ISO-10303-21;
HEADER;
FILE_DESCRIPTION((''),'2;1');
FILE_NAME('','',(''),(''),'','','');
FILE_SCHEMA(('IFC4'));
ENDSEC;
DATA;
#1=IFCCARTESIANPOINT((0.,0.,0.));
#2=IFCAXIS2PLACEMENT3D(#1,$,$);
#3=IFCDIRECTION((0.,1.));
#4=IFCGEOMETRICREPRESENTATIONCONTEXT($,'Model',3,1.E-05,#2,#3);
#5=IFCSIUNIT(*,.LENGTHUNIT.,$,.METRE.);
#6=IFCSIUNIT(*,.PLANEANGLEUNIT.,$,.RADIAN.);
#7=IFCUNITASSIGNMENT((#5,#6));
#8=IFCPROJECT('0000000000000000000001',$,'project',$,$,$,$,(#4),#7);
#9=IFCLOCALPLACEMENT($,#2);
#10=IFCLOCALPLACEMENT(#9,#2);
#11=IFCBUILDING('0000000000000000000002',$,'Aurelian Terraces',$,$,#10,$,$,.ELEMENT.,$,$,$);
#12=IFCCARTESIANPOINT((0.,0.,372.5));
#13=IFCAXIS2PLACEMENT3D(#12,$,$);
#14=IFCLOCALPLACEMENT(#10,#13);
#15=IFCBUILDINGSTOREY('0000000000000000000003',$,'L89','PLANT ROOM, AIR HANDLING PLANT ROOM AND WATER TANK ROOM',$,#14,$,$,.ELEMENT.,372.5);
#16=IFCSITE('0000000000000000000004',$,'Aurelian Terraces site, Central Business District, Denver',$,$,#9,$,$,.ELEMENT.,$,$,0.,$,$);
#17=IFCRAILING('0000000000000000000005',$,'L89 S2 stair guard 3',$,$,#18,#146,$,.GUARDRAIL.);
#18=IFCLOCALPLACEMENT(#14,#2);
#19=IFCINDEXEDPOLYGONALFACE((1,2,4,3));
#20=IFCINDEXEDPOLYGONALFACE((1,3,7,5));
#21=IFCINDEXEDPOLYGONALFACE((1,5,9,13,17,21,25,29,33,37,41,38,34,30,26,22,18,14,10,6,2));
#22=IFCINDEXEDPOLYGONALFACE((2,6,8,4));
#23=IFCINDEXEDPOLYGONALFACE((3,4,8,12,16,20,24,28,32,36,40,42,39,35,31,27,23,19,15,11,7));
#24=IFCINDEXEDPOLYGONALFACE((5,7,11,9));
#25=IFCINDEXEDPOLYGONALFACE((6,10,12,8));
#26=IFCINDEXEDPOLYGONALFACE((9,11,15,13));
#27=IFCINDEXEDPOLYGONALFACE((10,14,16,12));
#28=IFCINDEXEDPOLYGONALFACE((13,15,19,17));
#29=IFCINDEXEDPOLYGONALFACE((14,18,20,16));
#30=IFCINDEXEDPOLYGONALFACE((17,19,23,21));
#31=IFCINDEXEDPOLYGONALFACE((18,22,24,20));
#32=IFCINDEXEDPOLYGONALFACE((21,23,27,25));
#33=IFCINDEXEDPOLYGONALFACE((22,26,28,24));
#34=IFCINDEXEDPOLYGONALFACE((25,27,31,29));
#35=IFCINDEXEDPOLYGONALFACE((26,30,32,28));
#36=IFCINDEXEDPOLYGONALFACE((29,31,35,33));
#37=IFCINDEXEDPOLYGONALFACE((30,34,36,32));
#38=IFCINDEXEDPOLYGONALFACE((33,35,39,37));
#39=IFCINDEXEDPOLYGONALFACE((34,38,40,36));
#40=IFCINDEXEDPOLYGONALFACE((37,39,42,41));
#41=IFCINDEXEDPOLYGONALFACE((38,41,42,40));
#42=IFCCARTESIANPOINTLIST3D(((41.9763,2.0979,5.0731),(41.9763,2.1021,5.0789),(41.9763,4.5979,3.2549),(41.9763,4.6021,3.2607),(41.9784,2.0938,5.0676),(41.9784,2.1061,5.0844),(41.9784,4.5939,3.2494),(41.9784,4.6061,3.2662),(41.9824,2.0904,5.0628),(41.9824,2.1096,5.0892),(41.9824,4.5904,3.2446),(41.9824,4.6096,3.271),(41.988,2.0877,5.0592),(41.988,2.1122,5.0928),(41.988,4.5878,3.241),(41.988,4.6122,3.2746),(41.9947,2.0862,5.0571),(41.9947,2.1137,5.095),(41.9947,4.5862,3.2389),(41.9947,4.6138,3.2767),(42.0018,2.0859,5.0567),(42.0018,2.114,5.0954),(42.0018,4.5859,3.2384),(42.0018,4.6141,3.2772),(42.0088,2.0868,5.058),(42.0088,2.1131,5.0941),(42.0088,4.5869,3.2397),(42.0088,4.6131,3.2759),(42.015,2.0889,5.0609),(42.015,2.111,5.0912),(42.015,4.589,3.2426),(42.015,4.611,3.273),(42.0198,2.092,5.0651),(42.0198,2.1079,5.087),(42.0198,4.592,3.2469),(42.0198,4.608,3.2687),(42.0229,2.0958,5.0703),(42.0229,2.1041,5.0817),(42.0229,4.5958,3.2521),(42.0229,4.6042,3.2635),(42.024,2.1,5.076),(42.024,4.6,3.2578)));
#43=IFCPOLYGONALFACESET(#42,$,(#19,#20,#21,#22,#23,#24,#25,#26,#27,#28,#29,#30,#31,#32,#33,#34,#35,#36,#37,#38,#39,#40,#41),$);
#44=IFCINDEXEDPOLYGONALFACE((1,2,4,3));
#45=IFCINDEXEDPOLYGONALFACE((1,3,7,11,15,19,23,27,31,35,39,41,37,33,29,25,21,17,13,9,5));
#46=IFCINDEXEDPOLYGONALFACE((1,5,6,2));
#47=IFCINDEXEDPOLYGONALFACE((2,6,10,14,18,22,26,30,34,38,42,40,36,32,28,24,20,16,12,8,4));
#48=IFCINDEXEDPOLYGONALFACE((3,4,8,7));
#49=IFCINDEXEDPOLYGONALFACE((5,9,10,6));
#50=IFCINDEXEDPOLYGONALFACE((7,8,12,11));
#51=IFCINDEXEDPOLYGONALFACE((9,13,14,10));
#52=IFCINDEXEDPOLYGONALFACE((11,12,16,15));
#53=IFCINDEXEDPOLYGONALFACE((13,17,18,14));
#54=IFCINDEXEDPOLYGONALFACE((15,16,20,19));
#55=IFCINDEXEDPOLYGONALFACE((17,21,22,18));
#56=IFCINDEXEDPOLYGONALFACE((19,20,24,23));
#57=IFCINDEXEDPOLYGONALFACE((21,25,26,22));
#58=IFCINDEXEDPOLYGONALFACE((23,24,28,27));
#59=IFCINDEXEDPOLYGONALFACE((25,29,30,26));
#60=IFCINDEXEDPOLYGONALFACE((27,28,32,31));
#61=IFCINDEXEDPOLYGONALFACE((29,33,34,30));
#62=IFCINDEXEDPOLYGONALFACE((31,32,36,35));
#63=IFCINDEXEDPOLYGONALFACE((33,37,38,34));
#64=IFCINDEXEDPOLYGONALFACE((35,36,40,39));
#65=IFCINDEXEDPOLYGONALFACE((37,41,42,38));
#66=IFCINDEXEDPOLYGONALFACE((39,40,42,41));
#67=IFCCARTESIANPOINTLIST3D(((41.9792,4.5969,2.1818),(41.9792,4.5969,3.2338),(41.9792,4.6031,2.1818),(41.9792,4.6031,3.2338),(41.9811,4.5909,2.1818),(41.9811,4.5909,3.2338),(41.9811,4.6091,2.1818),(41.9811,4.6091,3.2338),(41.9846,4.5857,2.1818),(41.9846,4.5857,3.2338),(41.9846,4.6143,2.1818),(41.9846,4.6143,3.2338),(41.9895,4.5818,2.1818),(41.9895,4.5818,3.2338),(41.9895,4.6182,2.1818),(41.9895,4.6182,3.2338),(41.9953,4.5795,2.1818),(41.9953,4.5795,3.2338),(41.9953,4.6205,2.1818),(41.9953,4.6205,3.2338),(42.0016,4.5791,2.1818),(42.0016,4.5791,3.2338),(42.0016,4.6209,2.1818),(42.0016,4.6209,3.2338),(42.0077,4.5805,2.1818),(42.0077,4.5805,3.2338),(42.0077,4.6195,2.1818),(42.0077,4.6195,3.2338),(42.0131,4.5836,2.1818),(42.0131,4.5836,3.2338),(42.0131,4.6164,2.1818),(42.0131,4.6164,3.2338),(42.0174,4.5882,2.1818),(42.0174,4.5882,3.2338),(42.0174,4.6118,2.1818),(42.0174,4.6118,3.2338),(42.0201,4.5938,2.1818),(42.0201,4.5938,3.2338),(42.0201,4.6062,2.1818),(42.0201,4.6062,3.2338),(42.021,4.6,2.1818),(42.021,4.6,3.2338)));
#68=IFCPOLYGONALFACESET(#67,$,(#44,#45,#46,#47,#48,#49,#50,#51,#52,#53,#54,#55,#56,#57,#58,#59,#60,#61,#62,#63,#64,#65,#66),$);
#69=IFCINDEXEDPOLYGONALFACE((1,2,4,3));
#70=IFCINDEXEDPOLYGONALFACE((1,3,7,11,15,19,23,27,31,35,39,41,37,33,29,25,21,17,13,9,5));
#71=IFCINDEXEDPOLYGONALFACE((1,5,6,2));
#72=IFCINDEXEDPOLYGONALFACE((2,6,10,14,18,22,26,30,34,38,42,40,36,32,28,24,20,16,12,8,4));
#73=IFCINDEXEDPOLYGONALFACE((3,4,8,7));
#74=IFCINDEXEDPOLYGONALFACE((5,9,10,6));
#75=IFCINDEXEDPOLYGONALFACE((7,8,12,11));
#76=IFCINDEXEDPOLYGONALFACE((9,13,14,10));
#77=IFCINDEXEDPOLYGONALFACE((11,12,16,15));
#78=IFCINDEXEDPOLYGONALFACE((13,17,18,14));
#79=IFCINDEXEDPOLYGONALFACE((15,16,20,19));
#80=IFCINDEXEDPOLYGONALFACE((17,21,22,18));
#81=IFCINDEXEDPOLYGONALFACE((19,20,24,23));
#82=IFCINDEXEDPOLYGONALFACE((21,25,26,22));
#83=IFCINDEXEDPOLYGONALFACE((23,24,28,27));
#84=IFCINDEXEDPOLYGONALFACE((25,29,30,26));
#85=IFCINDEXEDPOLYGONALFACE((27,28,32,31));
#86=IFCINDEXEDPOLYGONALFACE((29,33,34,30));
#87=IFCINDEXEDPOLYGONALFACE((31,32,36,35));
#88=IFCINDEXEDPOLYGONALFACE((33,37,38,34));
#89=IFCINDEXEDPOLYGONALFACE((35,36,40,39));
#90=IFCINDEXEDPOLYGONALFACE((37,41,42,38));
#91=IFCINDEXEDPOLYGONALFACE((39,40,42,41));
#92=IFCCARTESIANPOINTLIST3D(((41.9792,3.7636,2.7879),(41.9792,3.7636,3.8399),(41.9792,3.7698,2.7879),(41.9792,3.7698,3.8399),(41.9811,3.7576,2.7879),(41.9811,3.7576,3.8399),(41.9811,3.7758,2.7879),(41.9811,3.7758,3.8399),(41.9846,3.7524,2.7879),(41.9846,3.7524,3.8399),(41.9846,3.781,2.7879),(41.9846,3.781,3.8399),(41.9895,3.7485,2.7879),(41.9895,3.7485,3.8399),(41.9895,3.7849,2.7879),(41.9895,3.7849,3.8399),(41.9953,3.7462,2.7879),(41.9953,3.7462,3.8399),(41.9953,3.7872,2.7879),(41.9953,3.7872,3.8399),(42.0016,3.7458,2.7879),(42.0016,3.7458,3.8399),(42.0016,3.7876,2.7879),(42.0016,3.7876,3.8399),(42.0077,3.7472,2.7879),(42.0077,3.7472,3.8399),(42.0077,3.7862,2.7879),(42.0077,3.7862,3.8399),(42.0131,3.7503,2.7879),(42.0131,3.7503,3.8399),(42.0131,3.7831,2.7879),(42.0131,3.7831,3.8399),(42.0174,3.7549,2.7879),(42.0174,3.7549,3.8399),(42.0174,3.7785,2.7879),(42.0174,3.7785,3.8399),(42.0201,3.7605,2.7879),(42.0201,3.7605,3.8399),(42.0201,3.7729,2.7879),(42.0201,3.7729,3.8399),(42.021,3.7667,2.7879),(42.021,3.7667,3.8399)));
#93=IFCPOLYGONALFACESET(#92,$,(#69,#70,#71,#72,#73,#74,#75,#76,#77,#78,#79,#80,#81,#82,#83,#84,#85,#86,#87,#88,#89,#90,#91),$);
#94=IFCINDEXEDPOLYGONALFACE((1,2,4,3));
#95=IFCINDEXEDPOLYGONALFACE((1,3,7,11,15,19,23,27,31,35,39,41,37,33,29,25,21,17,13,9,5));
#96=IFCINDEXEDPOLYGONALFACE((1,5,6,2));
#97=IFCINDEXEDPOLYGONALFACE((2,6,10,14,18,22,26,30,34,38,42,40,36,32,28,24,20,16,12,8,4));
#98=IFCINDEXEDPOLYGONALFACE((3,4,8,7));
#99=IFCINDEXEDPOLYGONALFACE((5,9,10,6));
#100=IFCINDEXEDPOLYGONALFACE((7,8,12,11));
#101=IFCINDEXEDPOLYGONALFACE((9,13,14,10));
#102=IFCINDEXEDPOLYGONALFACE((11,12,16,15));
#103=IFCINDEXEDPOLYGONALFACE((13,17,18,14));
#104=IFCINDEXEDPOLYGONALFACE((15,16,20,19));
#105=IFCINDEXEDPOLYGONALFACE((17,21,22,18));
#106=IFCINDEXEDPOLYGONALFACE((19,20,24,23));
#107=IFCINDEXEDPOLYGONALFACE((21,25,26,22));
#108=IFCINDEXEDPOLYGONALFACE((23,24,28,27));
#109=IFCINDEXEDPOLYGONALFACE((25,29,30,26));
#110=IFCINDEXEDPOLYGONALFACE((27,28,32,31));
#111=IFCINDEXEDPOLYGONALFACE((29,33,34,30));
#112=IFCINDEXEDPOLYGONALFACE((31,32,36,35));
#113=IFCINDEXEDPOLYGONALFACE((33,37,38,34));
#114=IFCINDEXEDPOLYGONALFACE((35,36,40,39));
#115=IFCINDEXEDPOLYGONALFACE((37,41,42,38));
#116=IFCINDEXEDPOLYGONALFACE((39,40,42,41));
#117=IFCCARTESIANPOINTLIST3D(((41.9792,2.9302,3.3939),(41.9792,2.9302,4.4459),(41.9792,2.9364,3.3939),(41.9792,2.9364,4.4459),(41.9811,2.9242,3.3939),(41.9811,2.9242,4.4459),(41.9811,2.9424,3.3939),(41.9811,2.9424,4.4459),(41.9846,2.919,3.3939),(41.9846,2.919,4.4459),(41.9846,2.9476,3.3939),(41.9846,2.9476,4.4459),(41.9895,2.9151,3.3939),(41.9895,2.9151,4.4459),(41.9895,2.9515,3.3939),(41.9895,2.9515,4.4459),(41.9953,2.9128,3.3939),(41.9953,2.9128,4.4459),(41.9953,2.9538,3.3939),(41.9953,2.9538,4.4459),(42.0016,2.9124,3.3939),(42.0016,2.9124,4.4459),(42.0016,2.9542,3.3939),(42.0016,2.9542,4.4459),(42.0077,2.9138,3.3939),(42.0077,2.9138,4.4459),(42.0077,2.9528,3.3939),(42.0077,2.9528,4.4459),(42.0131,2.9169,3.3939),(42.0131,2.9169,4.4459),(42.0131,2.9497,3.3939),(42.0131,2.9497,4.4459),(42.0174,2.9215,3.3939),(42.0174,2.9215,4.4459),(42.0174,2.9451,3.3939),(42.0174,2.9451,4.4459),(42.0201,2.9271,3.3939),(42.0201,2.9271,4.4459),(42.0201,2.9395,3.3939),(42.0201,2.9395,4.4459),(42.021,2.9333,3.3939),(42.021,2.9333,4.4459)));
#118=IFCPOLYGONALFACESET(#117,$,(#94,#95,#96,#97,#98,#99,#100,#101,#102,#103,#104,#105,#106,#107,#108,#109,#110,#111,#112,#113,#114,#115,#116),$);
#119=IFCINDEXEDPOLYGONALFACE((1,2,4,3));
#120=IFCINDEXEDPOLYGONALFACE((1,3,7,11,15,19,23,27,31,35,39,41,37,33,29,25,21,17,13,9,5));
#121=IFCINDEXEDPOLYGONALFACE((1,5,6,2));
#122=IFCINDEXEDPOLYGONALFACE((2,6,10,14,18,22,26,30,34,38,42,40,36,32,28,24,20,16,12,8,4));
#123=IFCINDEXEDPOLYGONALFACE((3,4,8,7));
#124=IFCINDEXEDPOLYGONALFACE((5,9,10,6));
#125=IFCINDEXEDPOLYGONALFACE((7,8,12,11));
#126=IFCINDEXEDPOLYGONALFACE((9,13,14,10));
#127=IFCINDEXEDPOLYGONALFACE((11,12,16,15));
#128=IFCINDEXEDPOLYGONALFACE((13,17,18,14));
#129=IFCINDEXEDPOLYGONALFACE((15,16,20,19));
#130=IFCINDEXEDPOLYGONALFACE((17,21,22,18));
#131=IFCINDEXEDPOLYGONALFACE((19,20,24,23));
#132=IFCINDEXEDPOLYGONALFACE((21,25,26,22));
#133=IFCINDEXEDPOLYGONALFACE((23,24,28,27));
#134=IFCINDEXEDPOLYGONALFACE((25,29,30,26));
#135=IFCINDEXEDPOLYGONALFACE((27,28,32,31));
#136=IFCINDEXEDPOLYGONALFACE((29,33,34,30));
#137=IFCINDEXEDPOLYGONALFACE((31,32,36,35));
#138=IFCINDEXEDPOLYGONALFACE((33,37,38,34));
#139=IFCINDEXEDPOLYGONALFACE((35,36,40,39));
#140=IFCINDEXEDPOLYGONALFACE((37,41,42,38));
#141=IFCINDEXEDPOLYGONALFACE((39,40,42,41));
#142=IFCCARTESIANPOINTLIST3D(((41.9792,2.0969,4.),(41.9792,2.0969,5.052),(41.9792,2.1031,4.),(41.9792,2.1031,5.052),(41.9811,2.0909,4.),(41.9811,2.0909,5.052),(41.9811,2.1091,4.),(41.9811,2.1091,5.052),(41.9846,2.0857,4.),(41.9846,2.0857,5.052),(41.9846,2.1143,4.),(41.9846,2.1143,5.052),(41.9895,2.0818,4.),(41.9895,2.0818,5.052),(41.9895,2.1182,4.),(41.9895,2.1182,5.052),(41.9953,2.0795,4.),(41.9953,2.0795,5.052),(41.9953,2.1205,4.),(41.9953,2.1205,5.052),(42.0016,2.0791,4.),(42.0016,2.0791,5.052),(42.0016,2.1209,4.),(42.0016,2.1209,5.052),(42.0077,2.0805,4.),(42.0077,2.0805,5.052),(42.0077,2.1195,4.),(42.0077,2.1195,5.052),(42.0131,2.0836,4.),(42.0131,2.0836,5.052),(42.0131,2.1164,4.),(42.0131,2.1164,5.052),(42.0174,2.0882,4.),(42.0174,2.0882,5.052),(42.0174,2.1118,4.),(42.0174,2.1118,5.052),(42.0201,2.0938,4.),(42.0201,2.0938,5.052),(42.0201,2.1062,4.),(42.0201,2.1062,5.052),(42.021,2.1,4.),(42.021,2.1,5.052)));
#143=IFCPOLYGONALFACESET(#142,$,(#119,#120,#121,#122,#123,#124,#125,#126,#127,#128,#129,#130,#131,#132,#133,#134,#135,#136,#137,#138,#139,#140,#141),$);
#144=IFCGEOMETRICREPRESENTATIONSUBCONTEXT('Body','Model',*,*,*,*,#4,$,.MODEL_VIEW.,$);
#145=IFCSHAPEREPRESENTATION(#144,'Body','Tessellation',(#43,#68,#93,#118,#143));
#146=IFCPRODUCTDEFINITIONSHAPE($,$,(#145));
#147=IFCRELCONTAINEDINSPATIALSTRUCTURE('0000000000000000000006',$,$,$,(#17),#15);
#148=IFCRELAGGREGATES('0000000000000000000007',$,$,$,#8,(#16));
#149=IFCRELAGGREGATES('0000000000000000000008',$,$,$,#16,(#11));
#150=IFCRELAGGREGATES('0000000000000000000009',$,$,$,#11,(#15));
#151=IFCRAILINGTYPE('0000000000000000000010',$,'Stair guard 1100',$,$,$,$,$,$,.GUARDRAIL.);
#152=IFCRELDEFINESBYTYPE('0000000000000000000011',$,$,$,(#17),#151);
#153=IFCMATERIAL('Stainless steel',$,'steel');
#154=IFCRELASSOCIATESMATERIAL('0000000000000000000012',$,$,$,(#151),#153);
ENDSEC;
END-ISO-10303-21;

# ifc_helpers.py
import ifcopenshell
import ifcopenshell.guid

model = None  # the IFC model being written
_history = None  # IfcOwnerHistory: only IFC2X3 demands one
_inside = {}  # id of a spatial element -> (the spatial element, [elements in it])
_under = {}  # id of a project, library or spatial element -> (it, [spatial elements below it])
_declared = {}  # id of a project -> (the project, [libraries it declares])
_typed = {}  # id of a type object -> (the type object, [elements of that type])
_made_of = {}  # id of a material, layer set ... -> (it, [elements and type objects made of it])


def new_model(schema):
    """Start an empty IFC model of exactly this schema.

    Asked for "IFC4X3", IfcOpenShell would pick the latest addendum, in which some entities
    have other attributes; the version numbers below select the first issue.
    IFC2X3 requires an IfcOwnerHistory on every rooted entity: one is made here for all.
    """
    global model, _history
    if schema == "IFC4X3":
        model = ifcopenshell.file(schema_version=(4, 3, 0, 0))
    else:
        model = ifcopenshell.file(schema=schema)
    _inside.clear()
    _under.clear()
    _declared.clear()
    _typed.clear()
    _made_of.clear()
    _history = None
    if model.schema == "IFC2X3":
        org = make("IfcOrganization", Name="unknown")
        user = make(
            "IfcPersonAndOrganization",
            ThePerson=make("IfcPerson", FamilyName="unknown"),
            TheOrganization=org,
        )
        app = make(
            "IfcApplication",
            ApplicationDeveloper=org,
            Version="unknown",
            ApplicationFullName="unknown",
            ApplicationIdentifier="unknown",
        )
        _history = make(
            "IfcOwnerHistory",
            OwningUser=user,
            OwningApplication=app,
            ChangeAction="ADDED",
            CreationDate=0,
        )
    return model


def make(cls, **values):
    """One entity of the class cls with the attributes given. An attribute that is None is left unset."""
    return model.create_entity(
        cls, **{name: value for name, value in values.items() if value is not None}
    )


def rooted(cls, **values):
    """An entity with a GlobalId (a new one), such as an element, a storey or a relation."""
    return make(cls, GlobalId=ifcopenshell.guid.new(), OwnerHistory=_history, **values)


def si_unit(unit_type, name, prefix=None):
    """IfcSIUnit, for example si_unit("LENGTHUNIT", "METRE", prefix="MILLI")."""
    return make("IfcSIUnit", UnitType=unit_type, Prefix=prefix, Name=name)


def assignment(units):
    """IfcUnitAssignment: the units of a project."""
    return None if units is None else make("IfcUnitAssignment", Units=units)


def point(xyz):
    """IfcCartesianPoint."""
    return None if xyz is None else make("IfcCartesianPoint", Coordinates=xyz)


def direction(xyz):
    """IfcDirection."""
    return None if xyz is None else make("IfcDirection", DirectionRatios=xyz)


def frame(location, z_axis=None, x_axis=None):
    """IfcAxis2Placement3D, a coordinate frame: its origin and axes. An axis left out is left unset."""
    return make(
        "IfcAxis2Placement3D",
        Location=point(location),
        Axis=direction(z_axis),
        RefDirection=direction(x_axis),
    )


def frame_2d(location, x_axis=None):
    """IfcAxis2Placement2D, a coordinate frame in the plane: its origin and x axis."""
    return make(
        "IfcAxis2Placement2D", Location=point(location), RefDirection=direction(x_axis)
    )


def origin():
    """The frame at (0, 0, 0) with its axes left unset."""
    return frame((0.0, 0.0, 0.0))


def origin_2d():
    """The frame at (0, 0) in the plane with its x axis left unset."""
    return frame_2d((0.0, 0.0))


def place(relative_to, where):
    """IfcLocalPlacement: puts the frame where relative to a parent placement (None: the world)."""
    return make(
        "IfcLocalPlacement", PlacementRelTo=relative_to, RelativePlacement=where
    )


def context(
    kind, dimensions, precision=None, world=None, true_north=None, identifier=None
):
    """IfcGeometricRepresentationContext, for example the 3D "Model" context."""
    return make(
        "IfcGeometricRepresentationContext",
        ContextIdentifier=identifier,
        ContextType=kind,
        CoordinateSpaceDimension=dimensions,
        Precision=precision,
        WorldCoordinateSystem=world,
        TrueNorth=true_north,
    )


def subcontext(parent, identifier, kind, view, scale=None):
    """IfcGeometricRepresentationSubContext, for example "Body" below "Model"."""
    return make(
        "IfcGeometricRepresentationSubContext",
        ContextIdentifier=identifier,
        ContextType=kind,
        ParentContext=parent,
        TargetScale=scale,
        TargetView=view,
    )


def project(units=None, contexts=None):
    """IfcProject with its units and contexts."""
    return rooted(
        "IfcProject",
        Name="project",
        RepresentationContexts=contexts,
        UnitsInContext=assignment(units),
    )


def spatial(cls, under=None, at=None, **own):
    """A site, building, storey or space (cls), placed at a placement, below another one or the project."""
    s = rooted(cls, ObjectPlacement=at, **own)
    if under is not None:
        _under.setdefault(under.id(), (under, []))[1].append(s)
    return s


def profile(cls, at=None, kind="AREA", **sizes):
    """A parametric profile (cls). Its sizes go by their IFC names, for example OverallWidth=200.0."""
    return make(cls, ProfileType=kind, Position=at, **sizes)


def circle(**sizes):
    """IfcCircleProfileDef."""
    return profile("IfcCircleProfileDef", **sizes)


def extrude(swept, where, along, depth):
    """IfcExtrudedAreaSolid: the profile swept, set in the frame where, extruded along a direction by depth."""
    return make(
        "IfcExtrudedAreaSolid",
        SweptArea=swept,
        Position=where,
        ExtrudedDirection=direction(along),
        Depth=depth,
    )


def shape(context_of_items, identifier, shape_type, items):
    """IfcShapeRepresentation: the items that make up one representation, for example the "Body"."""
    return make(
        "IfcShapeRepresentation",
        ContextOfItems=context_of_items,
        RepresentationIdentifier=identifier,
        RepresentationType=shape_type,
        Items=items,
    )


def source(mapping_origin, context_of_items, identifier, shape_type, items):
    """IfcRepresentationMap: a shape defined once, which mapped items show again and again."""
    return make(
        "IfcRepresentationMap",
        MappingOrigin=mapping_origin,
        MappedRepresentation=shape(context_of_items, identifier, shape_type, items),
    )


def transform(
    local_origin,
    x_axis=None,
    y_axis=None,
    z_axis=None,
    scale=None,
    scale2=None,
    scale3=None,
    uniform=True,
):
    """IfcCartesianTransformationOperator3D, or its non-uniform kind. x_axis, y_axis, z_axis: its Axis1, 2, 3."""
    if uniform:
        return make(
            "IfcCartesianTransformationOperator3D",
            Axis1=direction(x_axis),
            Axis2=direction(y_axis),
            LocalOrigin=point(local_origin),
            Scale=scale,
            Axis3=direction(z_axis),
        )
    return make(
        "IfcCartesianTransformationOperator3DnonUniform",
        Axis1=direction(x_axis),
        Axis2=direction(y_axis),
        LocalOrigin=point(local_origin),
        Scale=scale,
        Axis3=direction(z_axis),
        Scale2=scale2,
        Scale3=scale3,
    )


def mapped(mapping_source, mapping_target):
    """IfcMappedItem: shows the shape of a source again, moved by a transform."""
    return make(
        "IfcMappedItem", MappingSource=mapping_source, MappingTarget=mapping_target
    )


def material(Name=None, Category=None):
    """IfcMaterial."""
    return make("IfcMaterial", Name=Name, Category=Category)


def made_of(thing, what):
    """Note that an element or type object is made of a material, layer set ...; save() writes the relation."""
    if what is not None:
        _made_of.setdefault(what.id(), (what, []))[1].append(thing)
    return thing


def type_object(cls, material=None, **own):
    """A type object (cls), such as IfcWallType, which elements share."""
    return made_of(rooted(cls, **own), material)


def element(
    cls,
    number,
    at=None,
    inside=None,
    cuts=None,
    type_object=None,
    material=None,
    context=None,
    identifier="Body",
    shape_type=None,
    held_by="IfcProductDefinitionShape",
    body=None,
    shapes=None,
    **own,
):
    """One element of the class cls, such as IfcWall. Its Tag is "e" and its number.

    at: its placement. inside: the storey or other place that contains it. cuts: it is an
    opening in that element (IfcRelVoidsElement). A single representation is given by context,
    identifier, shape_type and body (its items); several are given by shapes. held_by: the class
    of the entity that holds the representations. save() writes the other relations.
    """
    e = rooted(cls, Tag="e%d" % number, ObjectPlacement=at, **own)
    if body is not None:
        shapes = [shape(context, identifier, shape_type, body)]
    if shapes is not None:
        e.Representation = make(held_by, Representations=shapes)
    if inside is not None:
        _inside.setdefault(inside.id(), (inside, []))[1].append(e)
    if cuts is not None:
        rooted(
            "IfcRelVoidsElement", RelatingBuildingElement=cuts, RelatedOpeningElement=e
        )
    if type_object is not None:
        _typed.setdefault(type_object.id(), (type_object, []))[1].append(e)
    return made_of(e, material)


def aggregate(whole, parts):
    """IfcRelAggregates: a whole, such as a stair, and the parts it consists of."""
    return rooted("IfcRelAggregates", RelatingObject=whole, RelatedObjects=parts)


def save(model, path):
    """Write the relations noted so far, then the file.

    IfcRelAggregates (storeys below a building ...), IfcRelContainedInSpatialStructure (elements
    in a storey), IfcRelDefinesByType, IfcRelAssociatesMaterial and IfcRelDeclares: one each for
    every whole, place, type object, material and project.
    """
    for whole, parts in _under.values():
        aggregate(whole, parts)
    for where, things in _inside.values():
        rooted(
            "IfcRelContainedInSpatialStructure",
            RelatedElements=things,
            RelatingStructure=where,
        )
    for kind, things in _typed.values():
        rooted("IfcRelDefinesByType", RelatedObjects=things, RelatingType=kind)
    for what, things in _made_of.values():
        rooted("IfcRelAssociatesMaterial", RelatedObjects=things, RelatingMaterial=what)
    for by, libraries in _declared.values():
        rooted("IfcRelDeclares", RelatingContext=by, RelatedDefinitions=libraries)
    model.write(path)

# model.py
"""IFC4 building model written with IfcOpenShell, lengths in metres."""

from ifc_helpers import new_model, si_unit, direction, frame, origin, origin_2d, place, context, subcontext, project, spatial, circle, extrude, source, transform, mapped, material, type_object, element, save


model = new_model("IFC4")

# Units and contexts
model_context = context("Model", 3, precision=1e-05, world=origin(), true_north=direction((0.0, 1.0)))
body_context = subcontext(model_context, "Body", "Model", "MODEL_VIEW")
ifc_project = project(units=[si_unit("LENGTHUNIT", "METRE"), si_unit("PLANEANGLEUNIT", "RADIAN")], contexts=[model_context])

# Site, building, storey
site_placement = place(None, origin())
site = spatial("IfcSite", under=ifc_project, at=site_placement, Name="Aurelian Terraces site, Central Business District, Denver", CompositionType="ELEMENT", RefElevation=0.0)
building_placement = place(site_placement, origin())
building = spatial("IfcBuilding", under=site, at=building_placement, Name="Aurelian Terraces", CompositionType="ELEMENT")
storey_placement = place(building_placement, frame((0.0, 0.0, 372.5)))
storey = spatial("IfcBuildingStorey", under=building, at=storey_placement, Name="L89", Description="PLANT ROOM, AIR HANDLING PLANT ROOM AND WATER TANK ROOM", CompositionType="ELEMENT", Elevation=372.5)

# Shared definitions
ifc_material_1 = material(Name="Stainless steel", Category="steel")

# Railing
railing_type_1 = type_object("IfcRailingType", Name="Stair guard 1100", PredefinedType="GUARDRAIL", material=ifc_material_1)
shared_shape_1 = source(origin(), body_context, "Body", "SweptSolid", [
    extrude(circle(Radius=0.024, at=origin_2d()), frame((0.0, 0.0, 1.076), z_axis=(0.0, -0.808733, 0.588176), x_axis=(1.0, 0.0, 0.0)), (0.0, 0.0, 1.0), 3.0913),
    extrude(circle(Radius=0.021, at=origin_2d()), origin(), (0.0, 0.0, 1.0), 1.052),
    extrude(circle(Radius=0.021, at=origin_2d()), frame((0.0, -0.8333, 0.6061)), (0.0, 0.0, 1.0), 1.052),
    extrude(circle(Radius=0.021, at=origin_2d()), frame((0.0, -1.6667, 1.2121)), (0.0, 0.0, 1.0), 1.052),
    extrude(circle(Radius=0.021, at=origin_2d()), frame((0.0, -2.5, 1.8182)), (0.0, 0.0, 1.0), 1.052),
])
railing_1_placement = place(storey_placement, frame((42.0, 4.6, 2.1818)))
element("IfcRailing", 1, at=railing_1_placement, inside=storey, type_object=railing_type_1, Name="L89 S2 stair guard 3", PredefinedType="GUARDRAIL", context=body_context, shape_type="MappedRepresentation", body=[
    mapped(shared_shape_1, transform((0.0, 0.0, 0.0), scale=1.0)),
])

save(model, "model.ifc")
